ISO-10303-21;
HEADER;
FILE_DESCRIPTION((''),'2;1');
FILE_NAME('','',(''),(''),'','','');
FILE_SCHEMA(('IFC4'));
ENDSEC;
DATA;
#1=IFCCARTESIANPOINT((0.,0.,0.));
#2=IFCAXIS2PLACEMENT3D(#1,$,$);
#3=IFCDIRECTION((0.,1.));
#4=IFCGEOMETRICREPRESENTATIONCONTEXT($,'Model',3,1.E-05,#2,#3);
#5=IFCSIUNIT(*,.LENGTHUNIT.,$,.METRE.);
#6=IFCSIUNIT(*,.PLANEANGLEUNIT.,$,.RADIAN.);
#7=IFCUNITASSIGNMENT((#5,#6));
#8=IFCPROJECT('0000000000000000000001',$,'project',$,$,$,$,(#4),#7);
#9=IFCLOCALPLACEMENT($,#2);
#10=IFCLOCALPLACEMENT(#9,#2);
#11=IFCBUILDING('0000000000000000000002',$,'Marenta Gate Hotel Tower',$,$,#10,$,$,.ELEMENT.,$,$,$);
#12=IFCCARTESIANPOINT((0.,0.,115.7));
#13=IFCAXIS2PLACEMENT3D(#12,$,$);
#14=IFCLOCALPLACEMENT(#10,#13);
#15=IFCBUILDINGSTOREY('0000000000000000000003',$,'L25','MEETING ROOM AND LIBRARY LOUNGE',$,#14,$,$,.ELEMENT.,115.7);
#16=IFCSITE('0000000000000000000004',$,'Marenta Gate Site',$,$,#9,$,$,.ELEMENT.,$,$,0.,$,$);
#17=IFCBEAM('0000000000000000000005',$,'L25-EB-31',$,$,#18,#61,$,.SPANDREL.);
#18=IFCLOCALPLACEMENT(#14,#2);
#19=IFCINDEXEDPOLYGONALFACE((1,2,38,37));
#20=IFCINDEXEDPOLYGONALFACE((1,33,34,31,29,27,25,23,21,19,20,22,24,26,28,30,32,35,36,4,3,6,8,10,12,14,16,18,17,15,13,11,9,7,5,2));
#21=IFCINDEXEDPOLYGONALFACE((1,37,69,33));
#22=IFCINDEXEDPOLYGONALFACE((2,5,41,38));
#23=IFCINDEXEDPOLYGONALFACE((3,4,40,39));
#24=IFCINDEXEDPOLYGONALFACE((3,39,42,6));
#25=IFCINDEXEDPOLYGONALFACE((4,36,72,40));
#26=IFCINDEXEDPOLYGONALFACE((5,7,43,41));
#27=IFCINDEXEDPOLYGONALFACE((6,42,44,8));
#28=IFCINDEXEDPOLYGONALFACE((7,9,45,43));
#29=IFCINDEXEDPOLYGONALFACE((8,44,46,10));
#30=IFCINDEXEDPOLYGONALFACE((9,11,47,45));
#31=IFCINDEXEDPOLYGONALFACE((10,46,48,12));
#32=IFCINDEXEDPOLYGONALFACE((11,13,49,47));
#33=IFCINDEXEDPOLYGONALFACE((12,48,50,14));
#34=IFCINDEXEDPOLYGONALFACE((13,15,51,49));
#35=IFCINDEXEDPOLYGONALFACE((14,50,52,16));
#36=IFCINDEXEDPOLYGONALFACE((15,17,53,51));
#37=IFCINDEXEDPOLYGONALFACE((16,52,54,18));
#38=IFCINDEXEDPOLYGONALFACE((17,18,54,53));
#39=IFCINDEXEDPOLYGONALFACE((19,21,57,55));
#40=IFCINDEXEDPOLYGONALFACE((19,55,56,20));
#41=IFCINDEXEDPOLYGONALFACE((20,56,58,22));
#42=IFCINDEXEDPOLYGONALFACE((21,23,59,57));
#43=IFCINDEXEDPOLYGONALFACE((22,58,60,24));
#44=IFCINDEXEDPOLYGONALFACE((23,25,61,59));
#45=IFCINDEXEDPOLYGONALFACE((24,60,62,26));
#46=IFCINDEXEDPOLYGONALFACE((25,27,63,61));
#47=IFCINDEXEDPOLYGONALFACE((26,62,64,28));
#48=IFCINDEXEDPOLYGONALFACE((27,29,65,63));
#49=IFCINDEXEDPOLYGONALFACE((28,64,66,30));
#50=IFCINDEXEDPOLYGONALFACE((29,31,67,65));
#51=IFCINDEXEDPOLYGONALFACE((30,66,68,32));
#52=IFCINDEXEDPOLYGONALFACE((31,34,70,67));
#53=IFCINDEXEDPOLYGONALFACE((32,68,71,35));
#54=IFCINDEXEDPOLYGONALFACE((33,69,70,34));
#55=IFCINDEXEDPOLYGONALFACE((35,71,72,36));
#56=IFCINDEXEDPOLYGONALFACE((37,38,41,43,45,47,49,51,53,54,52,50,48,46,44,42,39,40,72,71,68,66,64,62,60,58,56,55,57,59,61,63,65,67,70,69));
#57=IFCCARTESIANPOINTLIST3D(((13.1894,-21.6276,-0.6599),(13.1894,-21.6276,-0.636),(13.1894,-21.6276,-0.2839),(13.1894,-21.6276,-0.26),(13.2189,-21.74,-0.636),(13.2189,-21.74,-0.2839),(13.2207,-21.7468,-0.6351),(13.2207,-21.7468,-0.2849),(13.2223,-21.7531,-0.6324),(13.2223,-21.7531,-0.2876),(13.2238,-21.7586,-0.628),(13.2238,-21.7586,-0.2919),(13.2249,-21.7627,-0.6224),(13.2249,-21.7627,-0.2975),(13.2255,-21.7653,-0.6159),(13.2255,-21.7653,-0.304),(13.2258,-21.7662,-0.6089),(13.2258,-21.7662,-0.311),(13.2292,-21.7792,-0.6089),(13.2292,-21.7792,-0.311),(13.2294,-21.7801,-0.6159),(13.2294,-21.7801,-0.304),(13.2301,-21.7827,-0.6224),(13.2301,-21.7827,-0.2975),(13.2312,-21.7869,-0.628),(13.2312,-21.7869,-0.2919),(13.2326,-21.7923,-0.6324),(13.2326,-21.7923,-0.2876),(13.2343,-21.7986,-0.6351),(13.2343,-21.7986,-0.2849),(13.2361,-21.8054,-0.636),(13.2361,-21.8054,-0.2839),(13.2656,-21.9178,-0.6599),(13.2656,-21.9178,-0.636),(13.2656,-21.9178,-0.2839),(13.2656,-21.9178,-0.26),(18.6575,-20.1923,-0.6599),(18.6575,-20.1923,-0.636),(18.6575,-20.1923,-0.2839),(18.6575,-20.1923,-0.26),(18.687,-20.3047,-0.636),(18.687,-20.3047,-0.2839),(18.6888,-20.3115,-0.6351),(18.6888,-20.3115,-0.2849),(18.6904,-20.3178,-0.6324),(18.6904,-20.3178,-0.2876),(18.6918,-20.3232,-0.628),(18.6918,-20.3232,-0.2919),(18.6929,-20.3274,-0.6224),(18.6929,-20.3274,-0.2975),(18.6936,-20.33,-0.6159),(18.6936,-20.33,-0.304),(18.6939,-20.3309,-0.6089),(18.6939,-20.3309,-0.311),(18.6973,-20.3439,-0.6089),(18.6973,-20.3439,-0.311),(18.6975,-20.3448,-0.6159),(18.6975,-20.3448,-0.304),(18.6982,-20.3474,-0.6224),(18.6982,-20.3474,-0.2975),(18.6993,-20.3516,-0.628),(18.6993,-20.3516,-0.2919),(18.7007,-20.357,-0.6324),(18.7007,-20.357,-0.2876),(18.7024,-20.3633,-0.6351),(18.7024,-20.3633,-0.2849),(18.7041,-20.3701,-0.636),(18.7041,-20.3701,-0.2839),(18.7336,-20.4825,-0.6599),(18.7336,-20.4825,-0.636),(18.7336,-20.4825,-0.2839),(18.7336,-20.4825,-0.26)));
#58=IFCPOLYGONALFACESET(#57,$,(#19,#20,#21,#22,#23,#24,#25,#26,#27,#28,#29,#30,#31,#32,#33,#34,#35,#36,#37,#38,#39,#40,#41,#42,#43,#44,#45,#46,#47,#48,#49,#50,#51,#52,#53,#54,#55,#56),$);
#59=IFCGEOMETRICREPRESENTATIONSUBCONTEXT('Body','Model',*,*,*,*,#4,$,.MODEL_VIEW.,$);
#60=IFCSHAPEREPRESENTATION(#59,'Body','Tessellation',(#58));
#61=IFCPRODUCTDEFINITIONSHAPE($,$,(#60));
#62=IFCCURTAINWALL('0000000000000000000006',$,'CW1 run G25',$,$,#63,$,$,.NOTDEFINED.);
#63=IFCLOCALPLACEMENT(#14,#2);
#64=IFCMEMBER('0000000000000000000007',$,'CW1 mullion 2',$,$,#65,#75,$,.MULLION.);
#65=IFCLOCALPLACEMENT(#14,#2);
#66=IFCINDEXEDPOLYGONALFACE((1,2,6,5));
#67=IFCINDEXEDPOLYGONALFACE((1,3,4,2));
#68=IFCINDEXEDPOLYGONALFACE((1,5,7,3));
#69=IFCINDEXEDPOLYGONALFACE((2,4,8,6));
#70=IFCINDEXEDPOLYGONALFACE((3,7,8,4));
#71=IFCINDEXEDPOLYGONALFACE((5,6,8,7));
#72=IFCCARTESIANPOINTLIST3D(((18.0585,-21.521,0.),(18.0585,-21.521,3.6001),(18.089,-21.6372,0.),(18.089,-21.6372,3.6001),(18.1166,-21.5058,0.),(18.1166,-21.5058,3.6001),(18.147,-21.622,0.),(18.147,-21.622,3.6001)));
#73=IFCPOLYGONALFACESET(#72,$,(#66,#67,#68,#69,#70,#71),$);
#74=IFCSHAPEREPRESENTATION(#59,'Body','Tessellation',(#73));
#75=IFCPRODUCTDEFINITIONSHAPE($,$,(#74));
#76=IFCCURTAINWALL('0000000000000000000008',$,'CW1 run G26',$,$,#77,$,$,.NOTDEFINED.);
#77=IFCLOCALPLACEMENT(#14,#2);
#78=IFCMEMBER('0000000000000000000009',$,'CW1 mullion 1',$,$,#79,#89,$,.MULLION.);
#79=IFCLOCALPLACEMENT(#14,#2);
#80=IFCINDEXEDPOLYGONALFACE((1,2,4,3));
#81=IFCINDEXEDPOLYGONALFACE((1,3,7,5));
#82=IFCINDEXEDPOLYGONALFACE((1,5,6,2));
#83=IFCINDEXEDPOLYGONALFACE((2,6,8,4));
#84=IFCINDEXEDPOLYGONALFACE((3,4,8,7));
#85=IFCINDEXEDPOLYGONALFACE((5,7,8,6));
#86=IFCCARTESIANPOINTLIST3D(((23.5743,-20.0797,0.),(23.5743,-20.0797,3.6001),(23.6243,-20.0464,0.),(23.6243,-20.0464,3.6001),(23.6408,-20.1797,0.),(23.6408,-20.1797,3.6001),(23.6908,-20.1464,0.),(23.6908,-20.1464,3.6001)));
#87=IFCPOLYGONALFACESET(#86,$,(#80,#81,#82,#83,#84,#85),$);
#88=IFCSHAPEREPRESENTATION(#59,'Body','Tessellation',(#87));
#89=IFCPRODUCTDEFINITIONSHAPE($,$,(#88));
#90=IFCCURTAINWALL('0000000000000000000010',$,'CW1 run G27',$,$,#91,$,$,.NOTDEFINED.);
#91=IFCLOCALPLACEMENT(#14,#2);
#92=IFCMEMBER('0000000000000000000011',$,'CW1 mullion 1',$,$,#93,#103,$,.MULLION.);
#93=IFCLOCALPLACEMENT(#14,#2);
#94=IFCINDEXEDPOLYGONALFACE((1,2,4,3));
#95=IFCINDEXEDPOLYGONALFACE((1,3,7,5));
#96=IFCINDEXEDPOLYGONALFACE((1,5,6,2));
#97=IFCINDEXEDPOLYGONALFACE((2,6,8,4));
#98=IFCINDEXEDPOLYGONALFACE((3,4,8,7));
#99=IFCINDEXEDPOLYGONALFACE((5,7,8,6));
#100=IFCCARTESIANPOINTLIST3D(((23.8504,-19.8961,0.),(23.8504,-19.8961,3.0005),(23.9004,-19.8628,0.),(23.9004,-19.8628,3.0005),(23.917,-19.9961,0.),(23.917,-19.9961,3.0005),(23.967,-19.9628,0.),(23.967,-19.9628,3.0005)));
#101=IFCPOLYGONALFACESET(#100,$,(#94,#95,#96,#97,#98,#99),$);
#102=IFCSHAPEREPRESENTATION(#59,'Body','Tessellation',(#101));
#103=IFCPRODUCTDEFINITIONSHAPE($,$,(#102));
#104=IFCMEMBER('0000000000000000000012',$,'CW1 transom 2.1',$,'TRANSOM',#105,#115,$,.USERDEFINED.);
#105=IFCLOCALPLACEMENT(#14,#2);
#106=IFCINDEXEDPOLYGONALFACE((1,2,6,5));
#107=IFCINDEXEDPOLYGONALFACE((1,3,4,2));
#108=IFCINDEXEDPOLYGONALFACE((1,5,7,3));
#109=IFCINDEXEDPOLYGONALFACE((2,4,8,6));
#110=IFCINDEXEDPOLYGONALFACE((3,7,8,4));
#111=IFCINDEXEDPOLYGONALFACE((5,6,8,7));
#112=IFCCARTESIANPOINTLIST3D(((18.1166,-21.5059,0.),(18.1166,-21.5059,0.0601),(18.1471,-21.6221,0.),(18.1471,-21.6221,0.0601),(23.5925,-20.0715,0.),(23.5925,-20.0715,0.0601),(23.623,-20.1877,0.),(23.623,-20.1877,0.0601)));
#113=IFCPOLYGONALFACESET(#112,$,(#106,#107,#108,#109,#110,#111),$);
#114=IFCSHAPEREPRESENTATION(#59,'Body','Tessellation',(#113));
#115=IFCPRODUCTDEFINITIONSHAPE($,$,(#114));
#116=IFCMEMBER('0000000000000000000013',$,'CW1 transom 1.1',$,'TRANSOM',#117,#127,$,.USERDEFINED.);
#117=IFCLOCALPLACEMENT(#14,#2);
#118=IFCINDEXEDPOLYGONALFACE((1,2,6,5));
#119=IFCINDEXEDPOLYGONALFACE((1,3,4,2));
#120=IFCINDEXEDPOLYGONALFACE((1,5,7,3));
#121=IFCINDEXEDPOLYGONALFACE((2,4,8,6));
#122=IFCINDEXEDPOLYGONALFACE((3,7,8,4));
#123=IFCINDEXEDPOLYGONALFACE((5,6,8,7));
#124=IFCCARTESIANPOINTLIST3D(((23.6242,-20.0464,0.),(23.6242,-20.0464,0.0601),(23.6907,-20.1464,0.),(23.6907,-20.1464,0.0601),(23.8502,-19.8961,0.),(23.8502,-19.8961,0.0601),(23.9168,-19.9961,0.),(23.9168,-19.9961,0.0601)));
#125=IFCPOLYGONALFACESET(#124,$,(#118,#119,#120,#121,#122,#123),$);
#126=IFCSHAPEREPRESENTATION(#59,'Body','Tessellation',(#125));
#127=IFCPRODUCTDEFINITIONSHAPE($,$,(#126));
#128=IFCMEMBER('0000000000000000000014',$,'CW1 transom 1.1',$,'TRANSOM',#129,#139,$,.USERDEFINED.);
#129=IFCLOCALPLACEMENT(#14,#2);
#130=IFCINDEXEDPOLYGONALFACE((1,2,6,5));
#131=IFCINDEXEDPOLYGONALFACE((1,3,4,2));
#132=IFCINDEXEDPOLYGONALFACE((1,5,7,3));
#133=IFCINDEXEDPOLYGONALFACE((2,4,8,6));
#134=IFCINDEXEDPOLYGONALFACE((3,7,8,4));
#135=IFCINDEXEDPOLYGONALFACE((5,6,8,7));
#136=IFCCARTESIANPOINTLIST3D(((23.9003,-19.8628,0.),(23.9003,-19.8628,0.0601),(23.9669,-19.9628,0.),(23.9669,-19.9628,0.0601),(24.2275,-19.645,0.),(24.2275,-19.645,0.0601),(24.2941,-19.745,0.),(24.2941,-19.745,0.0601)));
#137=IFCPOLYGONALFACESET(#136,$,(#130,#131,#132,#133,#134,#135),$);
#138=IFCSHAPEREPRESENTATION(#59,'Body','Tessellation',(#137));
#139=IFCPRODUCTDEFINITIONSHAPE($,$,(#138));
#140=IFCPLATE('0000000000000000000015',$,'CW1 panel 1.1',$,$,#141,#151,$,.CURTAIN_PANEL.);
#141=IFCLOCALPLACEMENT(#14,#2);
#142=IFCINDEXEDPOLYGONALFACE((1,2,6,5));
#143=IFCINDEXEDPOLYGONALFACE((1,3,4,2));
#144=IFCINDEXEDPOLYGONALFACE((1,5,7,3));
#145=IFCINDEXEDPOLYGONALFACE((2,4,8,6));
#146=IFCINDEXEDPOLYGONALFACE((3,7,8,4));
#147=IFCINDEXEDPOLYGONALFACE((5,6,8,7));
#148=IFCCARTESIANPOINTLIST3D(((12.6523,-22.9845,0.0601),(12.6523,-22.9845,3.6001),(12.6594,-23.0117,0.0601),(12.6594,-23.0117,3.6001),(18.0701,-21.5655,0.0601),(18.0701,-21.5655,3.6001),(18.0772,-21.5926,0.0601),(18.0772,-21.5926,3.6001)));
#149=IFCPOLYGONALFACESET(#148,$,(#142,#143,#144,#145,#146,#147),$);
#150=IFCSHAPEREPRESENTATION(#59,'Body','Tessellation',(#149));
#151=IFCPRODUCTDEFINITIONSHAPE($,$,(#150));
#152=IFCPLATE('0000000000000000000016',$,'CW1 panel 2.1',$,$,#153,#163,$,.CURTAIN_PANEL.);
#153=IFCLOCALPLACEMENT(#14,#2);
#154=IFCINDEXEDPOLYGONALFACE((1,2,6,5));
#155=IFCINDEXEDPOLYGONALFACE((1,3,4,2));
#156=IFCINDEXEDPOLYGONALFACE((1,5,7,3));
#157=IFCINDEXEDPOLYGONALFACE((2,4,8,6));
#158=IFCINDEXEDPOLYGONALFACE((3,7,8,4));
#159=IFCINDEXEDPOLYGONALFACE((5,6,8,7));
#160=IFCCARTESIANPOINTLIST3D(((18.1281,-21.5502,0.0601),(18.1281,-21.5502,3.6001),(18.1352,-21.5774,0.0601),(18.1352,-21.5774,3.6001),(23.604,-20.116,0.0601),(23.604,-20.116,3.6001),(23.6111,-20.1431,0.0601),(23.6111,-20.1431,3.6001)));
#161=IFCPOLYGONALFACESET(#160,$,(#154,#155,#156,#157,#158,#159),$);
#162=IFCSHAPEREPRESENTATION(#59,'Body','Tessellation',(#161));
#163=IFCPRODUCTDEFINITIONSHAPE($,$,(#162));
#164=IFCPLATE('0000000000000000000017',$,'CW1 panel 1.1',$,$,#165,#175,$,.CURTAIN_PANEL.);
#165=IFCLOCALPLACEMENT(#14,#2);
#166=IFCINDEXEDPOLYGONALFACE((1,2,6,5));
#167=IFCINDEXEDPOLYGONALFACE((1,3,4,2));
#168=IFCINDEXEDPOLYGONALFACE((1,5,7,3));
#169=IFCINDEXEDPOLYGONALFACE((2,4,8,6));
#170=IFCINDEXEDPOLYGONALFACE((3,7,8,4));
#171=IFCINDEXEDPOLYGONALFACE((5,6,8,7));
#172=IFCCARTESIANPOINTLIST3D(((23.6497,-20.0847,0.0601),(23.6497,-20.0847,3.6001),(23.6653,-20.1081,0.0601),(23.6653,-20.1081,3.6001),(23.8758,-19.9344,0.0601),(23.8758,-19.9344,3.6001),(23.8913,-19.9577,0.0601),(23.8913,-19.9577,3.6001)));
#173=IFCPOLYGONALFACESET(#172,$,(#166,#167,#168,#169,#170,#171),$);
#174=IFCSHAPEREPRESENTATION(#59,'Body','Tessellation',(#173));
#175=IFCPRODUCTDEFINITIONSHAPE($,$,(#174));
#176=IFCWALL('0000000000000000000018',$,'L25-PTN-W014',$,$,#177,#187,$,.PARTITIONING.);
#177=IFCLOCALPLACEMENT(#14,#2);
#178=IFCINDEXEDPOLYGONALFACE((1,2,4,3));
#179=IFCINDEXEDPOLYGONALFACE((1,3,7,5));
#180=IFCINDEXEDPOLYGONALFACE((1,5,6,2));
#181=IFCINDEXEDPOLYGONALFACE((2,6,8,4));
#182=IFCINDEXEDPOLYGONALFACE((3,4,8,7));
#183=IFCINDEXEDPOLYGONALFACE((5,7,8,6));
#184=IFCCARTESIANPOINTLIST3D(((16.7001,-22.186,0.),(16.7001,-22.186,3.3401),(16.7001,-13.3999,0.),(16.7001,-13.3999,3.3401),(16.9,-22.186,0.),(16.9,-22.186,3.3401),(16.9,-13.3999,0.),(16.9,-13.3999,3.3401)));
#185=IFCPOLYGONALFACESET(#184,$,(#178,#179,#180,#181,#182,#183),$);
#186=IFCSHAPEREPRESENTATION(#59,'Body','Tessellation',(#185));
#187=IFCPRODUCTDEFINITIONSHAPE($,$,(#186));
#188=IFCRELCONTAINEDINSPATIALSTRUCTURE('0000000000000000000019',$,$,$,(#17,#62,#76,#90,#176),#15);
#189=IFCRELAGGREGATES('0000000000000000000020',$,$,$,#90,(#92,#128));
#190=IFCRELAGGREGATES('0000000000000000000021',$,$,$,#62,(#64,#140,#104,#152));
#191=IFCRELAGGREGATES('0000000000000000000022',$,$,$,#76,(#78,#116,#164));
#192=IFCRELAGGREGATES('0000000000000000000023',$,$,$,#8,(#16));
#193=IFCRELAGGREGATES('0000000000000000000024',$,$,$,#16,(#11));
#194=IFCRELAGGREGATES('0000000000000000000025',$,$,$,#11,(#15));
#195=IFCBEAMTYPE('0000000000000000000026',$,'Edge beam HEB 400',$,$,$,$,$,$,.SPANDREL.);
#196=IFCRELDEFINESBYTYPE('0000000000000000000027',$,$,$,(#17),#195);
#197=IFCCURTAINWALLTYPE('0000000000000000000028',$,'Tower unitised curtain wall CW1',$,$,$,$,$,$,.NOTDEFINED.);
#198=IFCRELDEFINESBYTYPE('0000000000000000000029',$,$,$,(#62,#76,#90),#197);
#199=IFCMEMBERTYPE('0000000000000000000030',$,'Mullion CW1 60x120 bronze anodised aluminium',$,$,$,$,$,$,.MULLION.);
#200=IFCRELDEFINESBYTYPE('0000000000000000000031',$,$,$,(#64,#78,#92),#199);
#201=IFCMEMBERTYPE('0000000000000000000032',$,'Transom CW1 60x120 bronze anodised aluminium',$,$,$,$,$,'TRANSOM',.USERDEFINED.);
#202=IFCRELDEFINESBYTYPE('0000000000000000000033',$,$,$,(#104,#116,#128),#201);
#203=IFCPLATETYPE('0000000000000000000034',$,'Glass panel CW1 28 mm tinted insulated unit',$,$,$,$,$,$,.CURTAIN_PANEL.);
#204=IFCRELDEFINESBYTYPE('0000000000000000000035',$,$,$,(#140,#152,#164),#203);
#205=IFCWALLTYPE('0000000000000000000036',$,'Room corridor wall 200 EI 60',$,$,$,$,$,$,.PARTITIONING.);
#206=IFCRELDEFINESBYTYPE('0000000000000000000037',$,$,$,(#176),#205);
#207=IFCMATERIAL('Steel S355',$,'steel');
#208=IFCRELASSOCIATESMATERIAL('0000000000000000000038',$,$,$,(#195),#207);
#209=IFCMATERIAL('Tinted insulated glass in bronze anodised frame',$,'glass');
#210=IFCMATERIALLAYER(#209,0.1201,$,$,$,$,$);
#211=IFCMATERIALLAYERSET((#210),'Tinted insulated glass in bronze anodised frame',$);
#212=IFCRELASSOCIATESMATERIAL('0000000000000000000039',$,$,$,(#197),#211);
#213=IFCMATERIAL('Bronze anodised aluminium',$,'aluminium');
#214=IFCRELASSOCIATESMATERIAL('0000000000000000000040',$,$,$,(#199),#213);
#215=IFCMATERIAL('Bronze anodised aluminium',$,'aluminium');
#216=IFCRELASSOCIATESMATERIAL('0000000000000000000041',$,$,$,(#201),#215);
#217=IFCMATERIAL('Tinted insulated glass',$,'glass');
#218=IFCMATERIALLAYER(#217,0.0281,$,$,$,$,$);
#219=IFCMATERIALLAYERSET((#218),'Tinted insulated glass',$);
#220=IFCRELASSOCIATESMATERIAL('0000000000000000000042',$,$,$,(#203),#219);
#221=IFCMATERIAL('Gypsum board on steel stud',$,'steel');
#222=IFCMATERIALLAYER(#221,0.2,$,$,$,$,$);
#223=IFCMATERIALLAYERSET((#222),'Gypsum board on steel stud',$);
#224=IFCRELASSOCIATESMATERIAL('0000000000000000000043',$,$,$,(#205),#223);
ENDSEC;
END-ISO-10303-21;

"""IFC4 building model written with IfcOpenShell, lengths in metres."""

from ifc_helpers import new_model, si_unit, direction, frame, frame_2d, origin, origin_2d, place, context, subcontext, project, spatial, rectangle, i_section, extrude, material, layer, layer_set, material_profile, profile_set, type_object, element, aggregate, save


model = new_model("IFC4")

# Units and contexts
model_context = context("Model", 3, precision=1e-05, world=origin(), true_north=direction((0.0, 1.0)))
body_context = subcontext(model_context, "Body", "Model", "MODEL_VIEW")
ifc_project = project(units=[si_unit("LENGTHUNIT", "METRE"), si_unit("PLANEANGLEUNIT", "RADIAN")], contexts=[model_context])

# Site, building, storey
site_placement = place(None, origin())
site = spatial("IfcSite", under=ifc_project, at=site_placement, Name="Marenta Gate Site", CompositionType="ELEMENT", RefElevation=0.0)
building_placement = place(site_placement, origin())
building = spatial("IfcBuilding", under=site, at=building_placement, Name="Marenta Gate Hotel Tower", CompositionType="ELEMENT")
storey_placement = place(building_placement, frame((0.0, 0.0, 115.7)))
storey = spatial("IfcBuildingStorey", under=building, at=storey_placement, Name="L25", Description="MEETING ROOM AND LIBRARY LOUNGE", CompositionType="ELEMENT", Elevation=115.7)

# Beam
ifc_material_1 = material(Name="Steel S355", Category="steel")
ifc_material_profile_1 = material_profile(ifc_material_1, i_section(OverallWidth=0.3, OverallDepth=0.3999, WebThickness=0.0134, FlangeThickness=0.0239, FilletRadius=0.0271, at=origin_2d()), Name="HEB 400")
ifc_profile_set_1 = profile_set([ifc_material_profile_1], Name="Steel S355")
beam_type = type_object("IfcBeamType", Name="Edge beam HEB 400", PredefinedType="SPANDREL", material=ifc_profile_set_1)
beam_1_placement = place(storey_placement, frame((18.6956, -20.3374, -0.46), z_axis=(-0.967233, -0.25389, 0.0), x_axis=(0.25389, -0.967233, 0.0)))
element("IfcBeam", 1, at=beam_1_placement, inside=storey, type_object=beam_type, Name="L25-EB-31", PredefinedType="SPANDREL", context=body_context, shape_type="SweptSolid", body=[
    extrude(i_section(OverallWidth=0.3, OverallDepth=0.3999, WebThickness=0.0134, FlangeThickness=0.0239, FilletRadius=0.0271, at=origin_2d()), origin(), (0.0, 0.0, 1.0), 5.6533),
])

# Curtain walls, members
ifc_material_2 = material(Name="Tinted insulated glass in bronze anodised frame", Category="glass")
ifc_layer_1 = layer(ifc_material_2, 0.1201)
ifc_layer_set_1 = layer_set([ifc_layer_1], Name="Tinted insulated glass in bronze anodised frame")
curtain_wall_type = type_object("IfcCurtainWallType", Name="Tower unitised curtain wall CW1", PredefinedType="NOTDEFINED", material=ifc_layer_set_1)
curtain_wall_1_placement = place(storey_placement, origin())
curtain_wall_1 = element("IfcCurtainWall", 2, at=curtain_wall_1_placement, inside=storey, type_object=curtain_wall_type, Name="CW1 run G25", PredefinedType="NOTDEFINED")
ifc_material_3 = material(Name="Bronze anodised aluminium", Category="aluminium")
ifc_material_profile_2 = material_profile(ifc_material_3, rectangle(XDim=0.1201, YDim=0.0601, at=origin_2d()), Name="Mullion CW1 60x120 bronze anodised aluminium")
ifc_profile_set_2 = profile_set([ifc_material_profile_2], Name="Bronze anodised aluminium")
member_type_1 = type_object("IfcMemberType", Name="Mullion CW1 60x120 bronze anodised aluminium", PredefinedType="MULLION", material=ifc_profile_set_2)
member_1_placement = place(storey_placement, frame((18.1028, -21.5715, 0.0), z_axis=(0.0, 0.0, 1.0), x_axis=(-0.253374, 0.967368, 0.0)))
member_1 = element("IfcMember", 3, at=member_1_placement, type_object=member_type_1, Name="CW1 mullion 2", PredefinedType="MULLION", context=body_context, shape_type="SweptSolid", body=[
    extrude(rectangle(XDim=0.1201, YDim=0.0601, at=origin_2d()), origin(), (0.0, 0.0, 1.0), 3.6001),
])
curtain_wall_2_placement = place(storey_placement, origin())
curtain_wall_2 = element("IfcCurtainWall", 4, at=curtain_wall_2_placement, inside=storey, type_object=curtain_wall_type, Name="CW1 run G26", PredefinedType="NOTDEFINED")
member_2_placement = place(storey_placement, frame((23.6326, -20.113, 0.0), z_axis=(0.0, 0.0, 1.0), x_axis=(-0.553865, 0.832607, 0.0)))
member_2 = element("IfcMember", 5, at=member_2_placement, type_object=member_type_1, Name="CW1 mullion 1", PredefinedType="MULLION", context=body_context, shape_type="SweptSolid", body=[
    extrude(rectangle(XDim=0.1201, YDim=0.0601, at=origin_2d()), origin(), (0.0, 0.0, 1.0), 3.6001),
])
curtain_wall_3_placement = place(storey_placement, origin())
curtain_wall_3 = element("IfcCurtainWall", 6, at=curtain_wall_3_placement, inside=storey, type_object=curtain_wall_type, Name="CW1 run G27", PredefinedType="NOTDEFINED")
member_3_placement = place(storey_placement, frame((23.9087, -19.9294, 0.0), z_axis=(0.0, 0.0, 1.0), x_axis=(-0.554089, 0.832458, 0.0)))
member_3 = element("IfcMember", 7, at=member_3_placement, type_object=member_type_1, Name="CW1 mullion 1", PredefinedType="MULLION", context=body_context, shape_type="SweptSolid", body=[
    extrude(rectangle(XDim=0.1201, YDim=0.0601, at=origin_2d()), origin(), (0.0, 0.0, 1.0), 3.0005),
])

# Members
ifc_material_4 = material(Name="Bronze anodised aluminium", Category="aluminium")
ifc_material_profile_3 = material_profile(ifc_material_4, rectangle(XDim=0.1201, YDim=0.0601, at=origin_2d()), Name="Transom CW1 60x120 bronze anodised aluminium")
ifc_profile_set_3 = profile_set([ifc_material_profile_3], Name="Bronze anodised aluminium")
member_type_2 = type_object("IfcMemberType", Name="Transom CW1 60x120 bronze anodised aluminium", ElementType="TRANSOM", PredefinedType="USERDEFINED", material=ifc_profile_set_3)
member_4_placement = place(storey_placement, frame((18.1318, -21.564, 0.03), z_axis=(0.967364, 0.253389, 0.0), x_axis=(-0.253389, 0.967364, 0.0)))
member_4 = element("IfcMember", 8, at=member_4_placement, type_object=member_type_2, Name="CW1 transom 2.1", ObjectType="TRANSOM", PredefinedType="USERDEFINED", context=body_context, shape_type="SweptSolid", body=[
    extrude(rectangle(XDim=0.1201, YDim=0.0601, at=origin_2d()), origin(), (0.0, 0.0, 1.0), 5.6606),
])
member_5_placement = place(storey_placement, frame((23.6575, -20.0964, 0.03), z_axis=(0.832603, 0.55387, 0.0), x_axis=(-0.55387, 0.832603, 0.0)))
member_5 = element("IfcMember", 9, at=member_5_placement, type_object=member_type_2, Name="CW1 transom 1.1", ObjectType="TRANSOM", PredefinedType="USERDEFINED", context=body_context, shape_type="SweptSolid", body=[
    extrude(rectangle(XDim=0.1201, YDim=0.0601, at=origin_2d()), origin(), (0.0, 0.0, 1.0), 0.2715),
])
member_6_placement = place(storey_placement, frame((23.9336, -19.9128, 0.03), z_axis=(0.832432, 0.554127, 0.0), x_axis=(-0.554127, 0.832432, 0.0)))
member_6 = element("IfcMember", 10, at=member_6_placement, type_object=member_type_2, Name="CW1 transom 1.1", ObjectType="TRANSOM", PredefinedType="USERDEFINED", context=body_context, shape_type="SweptSolid", body=[
    extrude(rectangle(XDim=0.1201, YDim=0.0601, at=origin_2d()), origin(), (0.0, 0.0, 1.0), 0.3931),
])
aggregate(curtain_wall_3, [member_3, member_6])

# Plates
ifc_material_5 = material(Name="Tinted insulated glass", Category="glass")
ifc_layer_2 = layer(ifc_material_5, 0.0281)
ifc_layer_set_2 = layer_set([ifc_layer_2], Name="Tinted insulated glass")
plate_type = type_object("IfcPlateType", Name="Glass panel CW1 28 mm tinted insulated unit", PredefinedType="CURTAIN_PANEL", material=ifc_layer_set_2)
plate_1_placement = place(storey_placement, frame((15.3647, -22.2886, 0.0601), z_axis=(0.0, 0.0, 1.0), x_axis=(0.967368, 0.253374, 0.0)))
plate_1 = element("IfcPlate", 11, at=plate_1_placement, type_object=plate_type, Name="CW1 panel 1.1", PredefinedType="CURTAIN_PANEL", context=body_context, shape_type="SweptSolid", body=[
    extrude(rectangle(XDim=5.6006, YDim=0.0281, at=origin_2d()), origin(), (0.0, 0.0, 1.0), 3.54),
])
plate_2_placement = place(storey_placement, frame((20.8696, -20.8467, 0.0601), z_axis=(0.0, 0.0, 1.0), x_axis=(0.967368, 0.253374, 0.0)))
plate_2 = element("IfcPlate", 12, at=plate_2_placement, type_object=plate_type, Name="CW1 panel 2.1", PredefinedType="CURTAIN_PANEL", context=body_context, shape_type="SweptSolid", body=[
    extrude(rectangle(XDim=5.6606, YDim=0.0281, at=origin_2d()), origin(), (0.0, 0.0, 1.0), 3.54),
])
aggregate(curtain_wall_1, [member_1, plate_1, member_4, plate_2])
plate_3_placement = place(storey_placement, frame((23.7705, -20.0212, 0.0601), z_axis=(0.0, 0.0, 1.0), x_axis=(0.832607, 0.553865, 0.0)))
plate_3 = element("IfcPlate", 13, at=plate_3_placement, type_object=plate_type, Name="CW1 panel 1.1", PredefinedType="CURTAIN_PANEL", context=body_context, shape_type="SweptSolid", body=[
    extrude(rectangle(XDim=0.2715, YDim=0.0281, at=origin_2d()), origin(), (0.0, 0.0, 1.0), 3.54),
])
aggregate(curtain_wall_2, [member_2, member_5, plate_3])

# Shared definitions
ifc_material_6 = material(Name="Gypsum board on steel stud", Category="steel")
ifc_layer_3 = layer(ifc_material_6, 0.2)
ifc_layer_set_3 = layer_set([ifc_layer_3], Name="Gypsum board on steel stud")
wall_type_1 = type_object("IfcWallType", Name="Room corridor wall 200 EI 60", PredefinedType="PARTITIONING", material=ifc_layer_set_3)

# Wall
wall_1_placement = place(storey_placement, frame((16.8, -22.186, 0.0), z_axis=(0.0, 0.0, 1.0), x_axis=(0.0, 1.0, 0.0)))
element("IfcWall", 14, at=wall_1_placement, inside=storey, type_object=wall_type_1, Name="L25-PTN-W014", PredefinedType="PARTITIONING", context=body_context, shape_type="SweptSolid", body=[
    extrude(rectangle(XDim=8.7861, YDim=0.2, at=frame_2d((4.3931, 0.0))), origin(), (0.0, 0.0, 1.0), 3.3401),
])

save(model, "model.ifc")
